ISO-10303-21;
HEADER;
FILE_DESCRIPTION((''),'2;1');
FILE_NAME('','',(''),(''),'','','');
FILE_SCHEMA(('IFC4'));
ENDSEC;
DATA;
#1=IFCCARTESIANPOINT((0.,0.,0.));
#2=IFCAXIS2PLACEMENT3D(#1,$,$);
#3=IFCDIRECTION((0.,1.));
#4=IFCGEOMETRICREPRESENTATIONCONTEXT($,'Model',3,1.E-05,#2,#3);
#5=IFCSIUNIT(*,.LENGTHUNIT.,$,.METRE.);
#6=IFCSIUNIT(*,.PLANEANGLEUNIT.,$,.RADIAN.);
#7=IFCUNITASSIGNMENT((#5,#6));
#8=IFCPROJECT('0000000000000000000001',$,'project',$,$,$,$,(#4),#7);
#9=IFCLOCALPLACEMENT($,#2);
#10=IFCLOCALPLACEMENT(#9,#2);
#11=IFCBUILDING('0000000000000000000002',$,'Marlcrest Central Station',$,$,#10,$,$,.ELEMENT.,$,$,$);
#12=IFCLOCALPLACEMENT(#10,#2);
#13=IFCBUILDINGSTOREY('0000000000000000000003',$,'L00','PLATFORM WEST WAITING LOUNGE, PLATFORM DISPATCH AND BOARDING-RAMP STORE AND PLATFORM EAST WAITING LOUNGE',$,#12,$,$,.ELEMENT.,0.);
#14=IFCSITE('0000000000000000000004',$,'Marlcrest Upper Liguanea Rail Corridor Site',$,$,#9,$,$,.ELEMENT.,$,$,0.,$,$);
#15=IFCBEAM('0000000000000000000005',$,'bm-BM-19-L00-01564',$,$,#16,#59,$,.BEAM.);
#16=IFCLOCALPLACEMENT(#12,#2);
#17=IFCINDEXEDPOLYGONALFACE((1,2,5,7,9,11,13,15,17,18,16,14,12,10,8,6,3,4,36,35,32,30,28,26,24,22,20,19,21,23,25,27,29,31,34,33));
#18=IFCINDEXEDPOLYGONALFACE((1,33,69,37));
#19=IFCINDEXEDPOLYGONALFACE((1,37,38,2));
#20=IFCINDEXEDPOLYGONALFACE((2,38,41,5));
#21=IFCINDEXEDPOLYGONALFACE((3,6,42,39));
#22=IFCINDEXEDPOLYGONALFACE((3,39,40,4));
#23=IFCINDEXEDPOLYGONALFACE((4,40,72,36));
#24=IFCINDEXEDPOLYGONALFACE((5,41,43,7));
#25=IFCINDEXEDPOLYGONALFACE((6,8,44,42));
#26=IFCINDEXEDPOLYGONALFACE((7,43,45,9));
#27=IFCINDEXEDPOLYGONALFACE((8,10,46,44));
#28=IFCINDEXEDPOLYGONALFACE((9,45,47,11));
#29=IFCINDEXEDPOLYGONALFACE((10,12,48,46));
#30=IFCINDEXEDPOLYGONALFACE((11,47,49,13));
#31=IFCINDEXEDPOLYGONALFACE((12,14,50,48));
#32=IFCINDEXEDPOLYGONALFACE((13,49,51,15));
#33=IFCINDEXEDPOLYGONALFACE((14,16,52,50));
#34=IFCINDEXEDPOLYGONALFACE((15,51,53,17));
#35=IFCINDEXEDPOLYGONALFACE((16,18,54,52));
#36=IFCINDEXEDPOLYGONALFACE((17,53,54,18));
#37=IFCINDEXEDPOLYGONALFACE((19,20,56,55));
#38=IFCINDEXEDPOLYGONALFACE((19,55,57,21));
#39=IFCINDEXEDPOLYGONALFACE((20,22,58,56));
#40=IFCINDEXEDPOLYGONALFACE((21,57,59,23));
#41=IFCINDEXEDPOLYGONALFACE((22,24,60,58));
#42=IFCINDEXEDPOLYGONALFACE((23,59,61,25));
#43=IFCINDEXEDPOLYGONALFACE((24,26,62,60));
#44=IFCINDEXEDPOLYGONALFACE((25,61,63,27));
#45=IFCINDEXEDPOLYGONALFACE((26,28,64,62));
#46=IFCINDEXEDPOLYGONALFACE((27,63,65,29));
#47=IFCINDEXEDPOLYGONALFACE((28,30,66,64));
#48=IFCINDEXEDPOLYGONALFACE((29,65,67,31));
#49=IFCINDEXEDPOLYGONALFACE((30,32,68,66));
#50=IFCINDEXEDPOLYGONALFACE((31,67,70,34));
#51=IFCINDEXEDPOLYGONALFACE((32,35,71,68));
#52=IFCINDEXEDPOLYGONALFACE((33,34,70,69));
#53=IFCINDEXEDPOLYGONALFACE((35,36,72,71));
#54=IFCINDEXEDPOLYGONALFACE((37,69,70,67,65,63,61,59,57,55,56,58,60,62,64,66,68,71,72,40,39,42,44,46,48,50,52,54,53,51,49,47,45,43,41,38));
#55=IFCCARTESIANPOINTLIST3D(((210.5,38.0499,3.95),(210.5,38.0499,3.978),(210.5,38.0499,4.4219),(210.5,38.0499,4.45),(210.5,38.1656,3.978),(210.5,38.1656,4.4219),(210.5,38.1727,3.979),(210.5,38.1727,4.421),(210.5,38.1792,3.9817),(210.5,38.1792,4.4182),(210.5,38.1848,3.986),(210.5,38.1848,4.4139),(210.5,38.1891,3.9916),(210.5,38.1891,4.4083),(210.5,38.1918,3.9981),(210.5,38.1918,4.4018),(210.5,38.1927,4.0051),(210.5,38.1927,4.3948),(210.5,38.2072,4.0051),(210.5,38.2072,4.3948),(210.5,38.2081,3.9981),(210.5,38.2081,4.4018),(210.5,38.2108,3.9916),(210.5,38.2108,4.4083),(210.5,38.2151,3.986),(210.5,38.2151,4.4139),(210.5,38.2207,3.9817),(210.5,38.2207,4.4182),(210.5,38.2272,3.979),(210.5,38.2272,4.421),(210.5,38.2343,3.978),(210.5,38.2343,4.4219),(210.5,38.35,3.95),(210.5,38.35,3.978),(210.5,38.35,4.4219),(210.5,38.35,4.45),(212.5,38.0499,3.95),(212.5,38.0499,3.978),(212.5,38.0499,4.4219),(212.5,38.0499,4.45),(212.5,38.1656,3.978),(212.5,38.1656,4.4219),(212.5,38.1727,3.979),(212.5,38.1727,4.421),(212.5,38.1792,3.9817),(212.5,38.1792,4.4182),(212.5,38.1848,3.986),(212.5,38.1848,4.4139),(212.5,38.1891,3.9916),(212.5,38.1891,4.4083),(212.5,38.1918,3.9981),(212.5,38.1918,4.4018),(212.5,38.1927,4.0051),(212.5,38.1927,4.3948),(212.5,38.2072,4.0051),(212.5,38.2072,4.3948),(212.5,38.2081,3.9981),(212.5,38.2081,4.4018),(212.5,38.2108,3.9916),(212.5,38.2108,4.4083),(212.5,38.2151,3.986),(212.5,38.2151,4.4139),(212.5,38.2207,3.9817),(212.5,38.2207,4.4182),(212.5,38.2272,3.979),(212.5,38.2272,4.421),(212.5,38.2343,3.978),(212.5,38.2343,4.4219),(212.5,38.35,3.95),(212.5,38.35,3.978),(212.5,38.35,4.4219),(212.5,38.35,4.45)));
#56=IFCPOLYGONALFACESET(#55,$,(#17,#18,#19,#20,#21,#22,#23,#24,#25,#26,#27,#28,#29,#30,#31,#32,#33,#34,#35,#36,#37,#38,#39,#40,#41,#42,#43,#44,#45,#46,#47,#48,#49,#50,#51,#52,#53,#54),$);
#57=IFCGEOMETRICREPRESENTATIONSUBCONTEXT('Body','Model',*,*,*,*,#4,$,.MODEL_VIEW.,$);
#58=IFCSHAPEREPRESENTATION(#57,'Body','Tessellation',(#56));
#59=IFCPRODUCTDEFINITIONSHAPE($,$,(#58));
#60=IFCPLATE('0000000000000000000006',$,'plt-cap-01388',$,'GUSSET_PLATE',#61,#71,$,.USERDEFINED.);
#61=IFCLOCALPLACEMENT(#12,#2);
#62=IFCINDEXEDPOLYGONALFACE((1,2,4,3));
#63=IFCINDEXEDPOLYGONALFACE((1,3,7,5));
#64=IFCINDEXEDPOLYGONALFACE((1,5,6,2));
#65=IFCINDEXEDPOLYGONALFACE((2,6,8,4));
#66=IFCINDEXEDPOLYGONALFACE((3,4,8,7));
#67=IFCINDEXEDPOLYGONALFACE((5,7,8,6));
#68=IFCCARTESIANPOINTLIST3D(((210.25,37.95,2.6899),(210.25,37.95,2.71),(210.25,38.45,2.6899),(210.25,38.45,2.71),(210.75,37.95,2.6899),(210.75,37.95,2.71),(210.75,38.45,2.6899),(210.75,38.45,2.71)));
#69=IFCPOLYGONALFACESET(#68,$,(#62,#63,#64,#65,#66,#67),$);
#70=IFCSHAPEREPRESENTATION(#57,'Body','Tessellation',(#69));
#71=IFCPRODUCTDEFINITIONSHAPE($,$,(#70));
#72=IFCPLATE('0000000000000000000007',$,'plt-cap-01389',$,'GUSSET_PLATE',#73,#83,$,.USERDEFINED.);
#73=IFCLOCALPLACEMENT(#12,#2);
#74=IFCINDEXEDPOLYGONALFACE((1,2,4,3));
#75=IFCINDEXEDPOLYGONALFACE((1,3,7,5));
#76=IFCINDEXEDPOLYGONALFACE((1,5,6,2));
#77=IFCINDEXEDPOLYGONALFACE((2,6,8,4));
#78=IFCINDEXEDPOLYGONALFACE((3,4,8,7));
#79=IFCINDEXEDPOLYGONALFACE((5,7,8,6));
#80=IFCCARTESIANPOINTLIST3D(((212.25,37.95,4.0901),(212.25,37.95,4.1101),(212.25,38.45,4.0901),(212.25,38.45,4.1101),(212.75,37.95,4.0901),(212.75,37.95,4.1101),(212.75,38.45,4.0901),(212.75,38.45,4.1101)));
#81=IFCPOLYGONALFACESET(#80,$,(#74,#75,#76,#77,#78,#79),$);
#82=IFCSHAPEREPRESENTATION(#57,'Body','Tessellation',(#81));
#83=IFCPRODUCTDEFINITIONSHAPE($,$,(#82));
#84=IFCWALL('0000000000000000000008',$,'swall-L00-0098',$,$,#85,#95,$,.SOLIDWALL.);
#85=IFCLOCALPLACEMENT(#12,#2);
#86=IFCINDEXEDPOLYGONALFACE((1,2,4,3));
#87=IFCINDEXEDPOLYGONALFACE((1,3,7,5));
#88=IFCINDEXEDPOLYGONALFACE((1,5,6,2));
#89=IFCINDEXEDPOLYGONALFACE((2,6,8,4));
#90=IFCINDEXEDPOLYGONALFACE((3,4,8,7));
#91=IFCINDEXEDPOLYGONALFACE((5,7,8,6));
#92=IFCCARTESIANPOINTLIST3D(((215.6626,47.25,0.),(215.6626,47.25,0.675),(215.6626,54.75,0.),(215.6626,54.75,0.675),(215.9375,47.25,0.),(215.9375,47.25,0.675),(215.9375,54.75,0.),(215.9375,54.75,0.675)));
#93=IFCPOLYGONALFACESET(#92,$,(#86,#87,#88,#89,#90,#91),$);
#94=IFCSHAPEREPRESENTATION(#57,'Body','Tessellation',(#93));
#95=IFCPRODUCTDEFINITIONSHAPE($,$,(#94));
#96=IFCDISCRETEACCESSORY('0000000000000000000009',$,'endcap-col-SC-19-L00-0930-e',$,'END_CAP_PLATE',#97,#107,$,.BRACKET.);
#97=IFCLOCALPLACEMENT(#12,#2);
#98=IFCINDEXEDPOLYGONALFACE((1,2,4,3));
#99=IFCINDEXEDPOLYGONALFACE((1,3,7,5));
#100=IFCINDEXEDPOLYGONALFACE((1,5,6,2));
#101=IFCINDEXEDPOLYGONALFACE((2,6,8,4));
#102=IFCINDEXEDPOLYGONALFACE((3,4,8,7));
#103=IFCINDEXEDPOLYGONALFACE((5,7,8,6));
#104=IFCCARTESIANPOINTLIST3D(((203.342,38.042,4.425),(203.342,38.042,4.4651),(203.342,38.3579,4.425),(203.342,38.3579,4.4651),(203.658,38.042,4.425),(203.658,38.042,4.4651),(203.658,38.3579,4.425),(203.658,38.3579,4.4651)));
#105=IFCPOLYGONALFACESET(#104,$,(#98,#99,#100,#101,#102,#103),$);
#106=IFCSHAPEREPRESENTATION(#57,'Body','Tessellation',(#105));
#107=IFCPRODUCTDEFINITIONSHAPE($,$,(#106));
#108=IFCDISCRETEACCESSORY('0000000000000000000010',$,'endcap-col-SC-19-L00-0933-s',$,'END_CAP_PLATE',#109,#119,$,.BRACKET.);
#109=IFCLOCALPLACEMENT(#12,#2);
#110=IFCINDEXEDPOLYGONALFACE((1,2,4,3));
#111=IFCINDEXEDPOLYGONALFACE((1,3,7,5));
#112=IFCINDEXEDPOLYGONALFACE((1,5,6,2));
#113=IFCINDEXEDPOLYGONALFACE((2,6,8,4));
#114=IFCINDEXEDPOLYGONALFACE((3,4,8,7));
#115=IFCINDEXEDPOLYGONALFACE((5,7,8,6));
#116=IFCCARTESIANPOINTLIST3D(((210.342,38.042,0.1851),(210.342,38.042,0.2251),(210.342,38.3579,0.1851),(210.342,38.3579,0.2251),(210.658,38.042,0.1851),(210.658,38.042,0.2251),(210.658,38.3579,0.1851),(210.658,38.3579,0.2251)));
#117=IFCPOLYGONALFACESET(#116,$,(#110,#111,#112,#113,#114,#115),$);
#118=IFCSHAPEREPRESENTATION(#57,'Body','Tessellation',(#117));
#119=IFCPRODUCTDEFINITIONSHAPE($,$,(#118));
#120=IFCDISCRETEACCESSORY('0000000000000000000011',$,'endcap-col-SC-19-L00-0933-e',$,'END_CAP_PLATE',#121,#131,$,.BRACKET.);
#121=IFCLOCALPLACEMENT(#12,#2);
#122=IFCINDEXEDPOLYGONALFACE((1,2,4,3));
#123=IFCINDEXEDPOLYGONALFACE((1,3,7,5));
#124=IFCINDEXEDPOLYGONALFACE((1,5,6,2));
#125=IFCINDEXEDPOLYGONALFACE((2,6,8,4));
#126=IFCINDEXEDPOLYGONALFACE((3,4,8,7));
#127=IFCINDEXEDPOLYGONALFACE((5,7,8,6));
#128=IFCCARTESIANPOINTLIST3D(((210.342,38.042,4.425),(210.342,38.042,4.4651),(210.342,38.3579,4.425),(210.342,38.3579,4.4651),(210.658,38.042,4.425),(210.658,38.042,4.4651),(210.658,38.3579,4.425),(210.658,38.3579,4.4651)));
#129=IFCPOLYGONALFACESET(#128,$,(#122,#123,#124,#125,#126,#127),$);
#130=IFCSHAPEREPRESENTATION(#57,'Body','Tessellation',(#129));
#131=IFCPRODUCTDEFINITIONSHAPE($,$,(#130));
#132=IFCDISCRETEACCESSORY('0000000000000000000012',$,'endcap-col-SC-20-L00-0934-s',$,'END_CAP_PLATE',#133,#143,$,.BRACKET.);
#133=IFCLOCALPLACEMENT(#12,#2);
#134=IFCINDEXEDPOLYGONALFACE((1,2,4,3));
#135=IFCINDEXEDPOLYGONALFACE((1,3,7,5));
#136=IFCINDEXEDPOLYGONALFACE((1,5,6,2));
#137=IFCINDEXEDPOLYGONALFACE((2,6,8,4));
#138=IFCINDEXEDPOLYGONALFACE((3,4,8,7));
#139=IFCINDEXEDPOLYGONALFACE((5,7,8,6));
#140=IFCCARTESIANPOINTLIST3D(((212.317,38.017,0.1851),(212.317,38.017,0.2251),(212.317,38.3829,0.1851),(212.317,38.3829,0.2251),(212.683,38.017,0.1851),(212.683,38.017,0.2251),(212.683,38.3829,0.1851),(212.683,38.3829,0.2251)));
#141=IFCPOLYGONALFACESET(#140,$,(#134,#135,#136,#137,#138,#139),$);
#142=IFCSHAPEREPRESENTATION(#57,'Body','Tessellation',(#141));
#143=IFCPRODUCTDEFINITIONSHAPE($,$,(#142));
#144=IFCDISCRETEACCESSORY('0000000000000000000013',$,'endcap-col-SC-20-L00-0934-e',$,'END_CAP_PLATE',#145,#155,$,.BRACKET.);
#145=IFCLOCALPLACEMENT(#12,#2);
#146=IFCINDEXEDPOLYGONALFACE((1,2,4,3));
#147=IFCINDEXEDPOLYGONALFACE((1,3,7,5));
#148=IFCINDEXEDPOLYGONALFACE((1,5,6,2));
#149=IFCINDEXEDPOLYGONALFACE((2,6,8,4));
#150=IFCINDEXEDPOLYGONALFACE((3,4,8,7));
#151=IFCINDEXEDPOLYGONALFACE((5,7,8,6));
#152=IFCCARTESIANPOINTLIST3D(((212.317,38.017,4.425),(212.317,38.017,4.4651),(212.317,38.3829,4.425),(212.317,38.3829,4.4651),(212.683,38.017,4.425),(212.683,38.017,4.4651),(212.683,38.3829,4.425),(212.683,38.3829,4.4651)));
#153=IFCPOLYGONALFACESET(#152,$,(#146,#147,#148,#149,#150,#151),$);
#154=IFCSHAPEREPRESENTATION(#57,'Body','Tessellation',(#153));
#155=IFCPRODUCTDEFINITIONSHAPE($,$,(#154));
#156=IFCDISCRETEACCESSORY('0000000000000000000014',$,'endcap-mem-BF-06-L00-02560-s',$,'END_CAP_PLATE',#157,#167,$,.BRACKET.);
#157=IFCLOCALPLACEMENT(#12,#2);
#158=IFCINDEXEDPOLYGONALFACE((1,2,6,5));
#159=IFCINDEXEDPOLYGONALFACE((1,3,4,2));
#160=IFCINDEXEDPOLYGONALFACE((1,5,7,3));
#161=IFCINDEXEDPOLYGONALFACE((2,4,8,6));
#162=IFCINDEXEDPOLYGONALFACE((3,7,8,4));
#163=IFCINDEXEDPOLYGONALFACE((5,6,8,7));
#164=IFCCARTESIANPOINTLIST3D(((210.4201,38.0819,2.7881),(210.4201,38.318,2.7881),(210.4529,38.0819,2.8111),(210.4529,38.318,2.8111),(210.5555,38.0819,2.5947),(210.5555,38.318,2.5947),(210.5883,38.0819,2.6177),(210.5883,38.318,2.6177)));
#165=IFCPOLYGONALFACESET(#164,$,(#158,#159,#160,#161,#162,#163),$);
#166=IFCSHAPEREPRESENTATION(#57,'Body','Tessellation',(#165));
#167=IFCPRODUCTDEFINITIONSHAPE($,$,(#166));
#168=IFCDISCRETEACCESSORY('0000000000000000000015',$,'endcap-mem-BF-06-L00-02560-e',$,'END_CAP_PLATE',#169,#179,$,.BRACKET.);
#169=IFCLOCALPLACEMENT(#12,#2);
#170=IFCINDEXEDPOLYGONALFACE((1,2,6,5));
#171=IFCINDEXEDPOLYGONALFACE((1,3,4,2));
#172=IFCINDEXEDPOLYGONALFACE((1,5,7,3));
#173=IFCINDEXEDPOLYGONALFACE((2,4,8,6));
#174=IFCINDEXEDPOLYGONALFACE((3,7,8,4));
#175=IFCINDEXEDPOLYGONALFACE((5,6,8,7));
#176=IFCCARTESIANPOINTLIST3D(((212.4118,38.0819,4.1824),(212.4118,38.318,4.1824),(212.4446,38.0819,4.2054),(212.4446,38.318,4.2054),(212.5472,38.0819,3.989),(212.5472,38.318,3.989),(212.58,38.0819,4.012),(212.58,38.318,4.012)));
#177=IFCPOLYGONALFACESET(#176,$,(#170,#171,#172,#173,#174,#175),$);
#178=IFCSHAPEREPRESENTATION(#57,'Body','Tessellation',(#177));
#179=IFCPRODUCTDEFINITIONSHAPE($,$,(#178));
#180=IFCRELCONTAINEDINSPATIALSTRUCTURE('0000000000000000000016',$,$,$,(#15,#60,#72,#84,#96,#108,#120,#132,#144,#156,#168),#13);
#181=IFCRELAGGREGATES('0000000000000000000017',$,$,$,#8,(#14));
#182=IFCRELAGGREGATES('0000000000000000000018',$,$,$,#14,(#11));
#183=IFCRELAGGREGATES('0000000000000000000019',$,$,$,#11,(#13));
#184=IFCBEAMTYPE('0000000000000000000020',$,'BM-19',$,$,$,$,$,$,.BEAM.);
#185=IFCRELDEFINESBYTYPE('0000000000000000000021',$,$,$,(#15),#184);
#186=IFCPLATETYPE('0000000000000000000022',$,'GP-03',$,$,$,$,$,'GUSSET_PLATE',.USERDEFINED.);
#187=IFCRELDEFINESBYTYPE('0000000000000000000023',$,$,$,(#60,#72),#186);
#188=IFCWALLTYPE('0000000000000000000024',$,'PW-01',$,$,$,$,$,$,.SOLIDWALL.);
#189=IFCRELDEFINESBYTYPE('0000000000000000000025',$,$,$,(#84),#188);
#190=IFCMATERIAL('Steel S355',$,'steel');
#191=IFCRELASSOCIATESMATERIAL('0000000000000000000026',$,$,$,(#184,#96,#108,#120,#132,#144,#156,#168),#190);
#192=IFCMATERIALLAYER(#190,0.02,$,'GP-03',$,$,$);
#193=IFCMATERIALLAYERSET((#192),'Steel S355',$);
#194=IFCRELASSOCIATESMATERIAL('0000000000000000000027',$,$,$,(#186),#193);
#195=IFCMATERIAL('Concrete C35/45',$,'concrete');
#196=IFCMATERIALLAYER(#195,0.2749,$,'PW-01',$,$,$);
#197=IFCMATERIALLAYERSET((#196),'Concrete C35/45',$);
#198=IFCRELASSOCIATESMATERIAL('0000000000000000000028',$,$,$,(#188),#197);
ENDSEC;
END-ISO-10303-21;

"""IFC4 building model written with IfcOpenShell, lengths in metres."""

from ifc_helpers import new_model, si_unit, direction, frame, frame_2d, origin, origin_2d, place, context, subcontext, project, spatial, rectangle, i_section, extrude, material, layer, layer_set, material_profile, profile_set, type_object, element, save


model = new_model("IFC4")

# Units and contexts
model_context = context("Model", 3, precision=1e-05, world=origin(), true_north=direction((0.0, 1.0)))
body_context = subcontext(model_context, "Body", "Model", "MODEL_VIEW")
ifc_project = project(units=[si_unit("LENGTHUNIT", "METRE"), si_unit("PLANEANGLEUNIT", "RADIAN")], contexts=[model_context])

# Site, building, storey
site_placement = place(None, origin())
site = spatial("IfcSite", under=ifc_project, at=site_placement, Name="Marlcrest Upper Liguanea Rail Corridor Site", CompositionType="ELEMENT", RefElevation=0.0)
building_placement = place(site_placement, origin())
building = spatial("IfcBuilding", under=site, at=building_placement, Name="Marlcrest Central Station", CompositionType="ELEMENT")
storey_placement = place(building_placement, origin())
storey = spatial("IfcBuildingStorey", under=building, at=storey_placement, Name="L00", Description="PLATFORM WEST WAITING LOUNGE, PLATFORM DISPATCH AND BOARDING-RAMP STORE AND PLATFORM EAST WAITING LOUNGE", CompositionType="ELEMENT", Elevation=0.0)

# Shared definitions
ifc_material_1 = material(Name="Concrete C35/45", Category="concrete")

# Shared definitions
ifc_material_2 = material(Name="Steel S355", Category="steel")

# Beam
ifc_material_profile_1 = material_profile(ifc_material_2, i_section(OverallWidth=0.3, OverallDepth=0.5, WebThickness=0.0144, FlangeThickness=0.0281, FilletRadius=0.0271, at=origin_2d()), Name="HEB 500")
ifc_profile_set_1 = profile_set([ifc_material_profile_1], Name="Steel S355")
beam_type = type_object("IfcBeamType", Name="BM-19", PredefinedType="BEAM", material=ifc_profile_set_1)
beam_placement = place(storey_placement, frame((210.5, 38.2, 4.2), z_axis=(1.0, 0.0, 0.0), x_axis=(0.0, 1.0, 0.0)))
element("IfcBeam", 1, at=beam_placement, inside=storey, type_object=beam_type, Name="bm-BM-19-L00-01564", PredefinedType="BEAM", context=body_context, shape_type="SweptSolid", body=[
    extrude(i_section(OverallWidth=0.3, OverallDepth=0.5, WebThickness=0.0144, FlangeThickness=0.0281, FilletRadius=0.0271, at=origin_2d()), origin(), (0.0, 0.0, 1.0), 2.0),
])

# Plates
ifc_layer_1 = layer(ifc_material_2, 0.02, Name="GP-03")
ifc_layer_set_1 = layer_set([ifc_layer_1], Name="Steel S355")
plate_type = type_object("IfcPlateType", Name="GP-03", ElementType="GUSSET_PLATE", PredefinedType="USERDEFINED", material=ifc_layer_set_1)
for number, where, z_axis, x_axis, name in (
    (2, (210.5, 38.2, 2.6899), (0.0, 0.0, 1.0), (1.0, 0.0, 0.0), "plt-cap-01388"),
    (3, (212.5, 38.2, 4.0901), (0.0, 0.0, 1.0), (1.0, 0.0, 0.0), "plt-cap-01389"),
):
    element("IfcPlate", number, at=place(storey_placement, frame(where, z_axis=z_axis, x_axis=x_axis)), inside=storey, type_object=plate_type, Name=name, ObjectType="GUSSET_PLATE", PredefinedType="USERDEFINED", context=body_context, shape_type="SweptSolid", body=[
        extrude(rectangle(XDim=0.5, YDim=0.5, at=origin_2d()), origin(), (0.0, 0.0, 1.0), 0.02),
    ])

# Wall
ifc_layer_2 = layer(ifc_material_1, 0.2749, Name="PW-01")
ifc_layer_set_2 = layer_set([ifc_layer_2], Name="Concrete C35/45")
wall_type = type_object("IfcWallType", Name="PW-01", PredefinedType="SOLIDWALL", material=ifc_layer_set_2)
wall_placement = place(storey_placement, frame((215.8, 47.25, 0.0), z_axis=(0.0, 0.0, 1.0), x_axis=(0.0, 1.0, 0.0)))
element("IfcWall", 4, at=wall_placement, inside=storey, type_object=wall_type, Name="swall-L00-0098", PredefinedType="SOLIDWALL", context=body_context, shape_type="SweptSolid", body=[
    extrude(rectangle(XDim=7.5, YDim=0.2749, at=frame_2d((3.75, 0.0))), origin(), (0.0, 0.0, 1.0), 0.675),
])

# Discrete accessories
for number, where, z_axis, x_axis, name in (
    (5, (203.5, 38.2, 4.425), (0.0, 0.0, 1.0), (1.0, 0.0, 0.0), "endcap-col-SC-19-L00-0930-e"),
    (6, (210.5, 38.2, 0.1851), (0.0, 0.0, 1.0), (1.0, 0.0, 0.0), "endcap-col-SC-19-L00-0933-s"),
    (7, (210.5, 38.2, 4.425), (0.0, 0.0, 1.0), (1.0, 0.0, 0.0), "endcap-col-SC-19-L00-0933-e"),
):
    element("IfcDiscreteAccessory", number, at=place(storey_placement, frame(where, z_axis=z_axis, x_axis=x_axis)), inside=storey, material=ifc_material_2, Name=name, ObjectType="END_CAP_PLATE", PredefinedType="BRACKET", context=body_context, shape_type="SweptSolid", body=[
        extrude(rectangle(XDim=0.3159, YDim=0.3159, at=origin_2d()), origin(), (0.0, 0.0, 1.0), 0.04),
    ])
for number, where, z_axis, x_axis, name in (
    (8, (212.5, 38.2, 0.1851), (0.0, 0.0, 1.0), (1.0, 0.0, 0.0), "endcap-col-SC-20-L00-0934-s"),
    (9, (212.5, 38.2, 4.425), (0.0, 0.0, 1.0), (1.0, 0.0, 0.0), "endcap-col-SC-20-L00-0934-e"),
):
    element("IfcDiscreteAccessory", number, at=place(storey_placement, frame(where, z_axis=z_axis, x_axis=x_axis)), inside=storey, material=ifc_material_2, Name=name, ObjectType="END_CAP_PLATE", PredefinedType="BRACKET", context=body_context, shape_type="SweptSolid", body=[
        extrude(rectangle(XDim=0.366, YDim=0.366, at=origin_2d()), origin(), (0.0, 0.0, 1.0), 0.04),
    ])
for number, where, z_axis, x_axis, name in (
    (10, (210.4878, 38.2, 2.6914), (0.819204, 0.0, 0.573503), (0.0, 1.0, 0.0), "endcap-mem-BF-06-L00-02560-s"),
    (11, (212.4795, 38.2, 4.0857), (0.819204, 0.0, 0.573503), (0.0, 1.0, 0.0), "endcap-mem-BF-06-L00-02560-e"),
):
    element("IfcDiscreteAccessory", number, at=place(storey_placement, frame(where, z_axis=z_axis, x_axis=x_axis)), inside=storey, material=ifc_material_2, Name=name, ObjectType="END_CAP_PLATE", PredefinedType="BRACKET", context=body_context, shape_type="SweptSolid", body=[
        extrude(rectangle(XDim=0.2361, YDim=0.2361, at=origin_2d()), origin(), (0.0, 0.0, 1.0), 0.04),
    ])

save(model, "model.ifc")
